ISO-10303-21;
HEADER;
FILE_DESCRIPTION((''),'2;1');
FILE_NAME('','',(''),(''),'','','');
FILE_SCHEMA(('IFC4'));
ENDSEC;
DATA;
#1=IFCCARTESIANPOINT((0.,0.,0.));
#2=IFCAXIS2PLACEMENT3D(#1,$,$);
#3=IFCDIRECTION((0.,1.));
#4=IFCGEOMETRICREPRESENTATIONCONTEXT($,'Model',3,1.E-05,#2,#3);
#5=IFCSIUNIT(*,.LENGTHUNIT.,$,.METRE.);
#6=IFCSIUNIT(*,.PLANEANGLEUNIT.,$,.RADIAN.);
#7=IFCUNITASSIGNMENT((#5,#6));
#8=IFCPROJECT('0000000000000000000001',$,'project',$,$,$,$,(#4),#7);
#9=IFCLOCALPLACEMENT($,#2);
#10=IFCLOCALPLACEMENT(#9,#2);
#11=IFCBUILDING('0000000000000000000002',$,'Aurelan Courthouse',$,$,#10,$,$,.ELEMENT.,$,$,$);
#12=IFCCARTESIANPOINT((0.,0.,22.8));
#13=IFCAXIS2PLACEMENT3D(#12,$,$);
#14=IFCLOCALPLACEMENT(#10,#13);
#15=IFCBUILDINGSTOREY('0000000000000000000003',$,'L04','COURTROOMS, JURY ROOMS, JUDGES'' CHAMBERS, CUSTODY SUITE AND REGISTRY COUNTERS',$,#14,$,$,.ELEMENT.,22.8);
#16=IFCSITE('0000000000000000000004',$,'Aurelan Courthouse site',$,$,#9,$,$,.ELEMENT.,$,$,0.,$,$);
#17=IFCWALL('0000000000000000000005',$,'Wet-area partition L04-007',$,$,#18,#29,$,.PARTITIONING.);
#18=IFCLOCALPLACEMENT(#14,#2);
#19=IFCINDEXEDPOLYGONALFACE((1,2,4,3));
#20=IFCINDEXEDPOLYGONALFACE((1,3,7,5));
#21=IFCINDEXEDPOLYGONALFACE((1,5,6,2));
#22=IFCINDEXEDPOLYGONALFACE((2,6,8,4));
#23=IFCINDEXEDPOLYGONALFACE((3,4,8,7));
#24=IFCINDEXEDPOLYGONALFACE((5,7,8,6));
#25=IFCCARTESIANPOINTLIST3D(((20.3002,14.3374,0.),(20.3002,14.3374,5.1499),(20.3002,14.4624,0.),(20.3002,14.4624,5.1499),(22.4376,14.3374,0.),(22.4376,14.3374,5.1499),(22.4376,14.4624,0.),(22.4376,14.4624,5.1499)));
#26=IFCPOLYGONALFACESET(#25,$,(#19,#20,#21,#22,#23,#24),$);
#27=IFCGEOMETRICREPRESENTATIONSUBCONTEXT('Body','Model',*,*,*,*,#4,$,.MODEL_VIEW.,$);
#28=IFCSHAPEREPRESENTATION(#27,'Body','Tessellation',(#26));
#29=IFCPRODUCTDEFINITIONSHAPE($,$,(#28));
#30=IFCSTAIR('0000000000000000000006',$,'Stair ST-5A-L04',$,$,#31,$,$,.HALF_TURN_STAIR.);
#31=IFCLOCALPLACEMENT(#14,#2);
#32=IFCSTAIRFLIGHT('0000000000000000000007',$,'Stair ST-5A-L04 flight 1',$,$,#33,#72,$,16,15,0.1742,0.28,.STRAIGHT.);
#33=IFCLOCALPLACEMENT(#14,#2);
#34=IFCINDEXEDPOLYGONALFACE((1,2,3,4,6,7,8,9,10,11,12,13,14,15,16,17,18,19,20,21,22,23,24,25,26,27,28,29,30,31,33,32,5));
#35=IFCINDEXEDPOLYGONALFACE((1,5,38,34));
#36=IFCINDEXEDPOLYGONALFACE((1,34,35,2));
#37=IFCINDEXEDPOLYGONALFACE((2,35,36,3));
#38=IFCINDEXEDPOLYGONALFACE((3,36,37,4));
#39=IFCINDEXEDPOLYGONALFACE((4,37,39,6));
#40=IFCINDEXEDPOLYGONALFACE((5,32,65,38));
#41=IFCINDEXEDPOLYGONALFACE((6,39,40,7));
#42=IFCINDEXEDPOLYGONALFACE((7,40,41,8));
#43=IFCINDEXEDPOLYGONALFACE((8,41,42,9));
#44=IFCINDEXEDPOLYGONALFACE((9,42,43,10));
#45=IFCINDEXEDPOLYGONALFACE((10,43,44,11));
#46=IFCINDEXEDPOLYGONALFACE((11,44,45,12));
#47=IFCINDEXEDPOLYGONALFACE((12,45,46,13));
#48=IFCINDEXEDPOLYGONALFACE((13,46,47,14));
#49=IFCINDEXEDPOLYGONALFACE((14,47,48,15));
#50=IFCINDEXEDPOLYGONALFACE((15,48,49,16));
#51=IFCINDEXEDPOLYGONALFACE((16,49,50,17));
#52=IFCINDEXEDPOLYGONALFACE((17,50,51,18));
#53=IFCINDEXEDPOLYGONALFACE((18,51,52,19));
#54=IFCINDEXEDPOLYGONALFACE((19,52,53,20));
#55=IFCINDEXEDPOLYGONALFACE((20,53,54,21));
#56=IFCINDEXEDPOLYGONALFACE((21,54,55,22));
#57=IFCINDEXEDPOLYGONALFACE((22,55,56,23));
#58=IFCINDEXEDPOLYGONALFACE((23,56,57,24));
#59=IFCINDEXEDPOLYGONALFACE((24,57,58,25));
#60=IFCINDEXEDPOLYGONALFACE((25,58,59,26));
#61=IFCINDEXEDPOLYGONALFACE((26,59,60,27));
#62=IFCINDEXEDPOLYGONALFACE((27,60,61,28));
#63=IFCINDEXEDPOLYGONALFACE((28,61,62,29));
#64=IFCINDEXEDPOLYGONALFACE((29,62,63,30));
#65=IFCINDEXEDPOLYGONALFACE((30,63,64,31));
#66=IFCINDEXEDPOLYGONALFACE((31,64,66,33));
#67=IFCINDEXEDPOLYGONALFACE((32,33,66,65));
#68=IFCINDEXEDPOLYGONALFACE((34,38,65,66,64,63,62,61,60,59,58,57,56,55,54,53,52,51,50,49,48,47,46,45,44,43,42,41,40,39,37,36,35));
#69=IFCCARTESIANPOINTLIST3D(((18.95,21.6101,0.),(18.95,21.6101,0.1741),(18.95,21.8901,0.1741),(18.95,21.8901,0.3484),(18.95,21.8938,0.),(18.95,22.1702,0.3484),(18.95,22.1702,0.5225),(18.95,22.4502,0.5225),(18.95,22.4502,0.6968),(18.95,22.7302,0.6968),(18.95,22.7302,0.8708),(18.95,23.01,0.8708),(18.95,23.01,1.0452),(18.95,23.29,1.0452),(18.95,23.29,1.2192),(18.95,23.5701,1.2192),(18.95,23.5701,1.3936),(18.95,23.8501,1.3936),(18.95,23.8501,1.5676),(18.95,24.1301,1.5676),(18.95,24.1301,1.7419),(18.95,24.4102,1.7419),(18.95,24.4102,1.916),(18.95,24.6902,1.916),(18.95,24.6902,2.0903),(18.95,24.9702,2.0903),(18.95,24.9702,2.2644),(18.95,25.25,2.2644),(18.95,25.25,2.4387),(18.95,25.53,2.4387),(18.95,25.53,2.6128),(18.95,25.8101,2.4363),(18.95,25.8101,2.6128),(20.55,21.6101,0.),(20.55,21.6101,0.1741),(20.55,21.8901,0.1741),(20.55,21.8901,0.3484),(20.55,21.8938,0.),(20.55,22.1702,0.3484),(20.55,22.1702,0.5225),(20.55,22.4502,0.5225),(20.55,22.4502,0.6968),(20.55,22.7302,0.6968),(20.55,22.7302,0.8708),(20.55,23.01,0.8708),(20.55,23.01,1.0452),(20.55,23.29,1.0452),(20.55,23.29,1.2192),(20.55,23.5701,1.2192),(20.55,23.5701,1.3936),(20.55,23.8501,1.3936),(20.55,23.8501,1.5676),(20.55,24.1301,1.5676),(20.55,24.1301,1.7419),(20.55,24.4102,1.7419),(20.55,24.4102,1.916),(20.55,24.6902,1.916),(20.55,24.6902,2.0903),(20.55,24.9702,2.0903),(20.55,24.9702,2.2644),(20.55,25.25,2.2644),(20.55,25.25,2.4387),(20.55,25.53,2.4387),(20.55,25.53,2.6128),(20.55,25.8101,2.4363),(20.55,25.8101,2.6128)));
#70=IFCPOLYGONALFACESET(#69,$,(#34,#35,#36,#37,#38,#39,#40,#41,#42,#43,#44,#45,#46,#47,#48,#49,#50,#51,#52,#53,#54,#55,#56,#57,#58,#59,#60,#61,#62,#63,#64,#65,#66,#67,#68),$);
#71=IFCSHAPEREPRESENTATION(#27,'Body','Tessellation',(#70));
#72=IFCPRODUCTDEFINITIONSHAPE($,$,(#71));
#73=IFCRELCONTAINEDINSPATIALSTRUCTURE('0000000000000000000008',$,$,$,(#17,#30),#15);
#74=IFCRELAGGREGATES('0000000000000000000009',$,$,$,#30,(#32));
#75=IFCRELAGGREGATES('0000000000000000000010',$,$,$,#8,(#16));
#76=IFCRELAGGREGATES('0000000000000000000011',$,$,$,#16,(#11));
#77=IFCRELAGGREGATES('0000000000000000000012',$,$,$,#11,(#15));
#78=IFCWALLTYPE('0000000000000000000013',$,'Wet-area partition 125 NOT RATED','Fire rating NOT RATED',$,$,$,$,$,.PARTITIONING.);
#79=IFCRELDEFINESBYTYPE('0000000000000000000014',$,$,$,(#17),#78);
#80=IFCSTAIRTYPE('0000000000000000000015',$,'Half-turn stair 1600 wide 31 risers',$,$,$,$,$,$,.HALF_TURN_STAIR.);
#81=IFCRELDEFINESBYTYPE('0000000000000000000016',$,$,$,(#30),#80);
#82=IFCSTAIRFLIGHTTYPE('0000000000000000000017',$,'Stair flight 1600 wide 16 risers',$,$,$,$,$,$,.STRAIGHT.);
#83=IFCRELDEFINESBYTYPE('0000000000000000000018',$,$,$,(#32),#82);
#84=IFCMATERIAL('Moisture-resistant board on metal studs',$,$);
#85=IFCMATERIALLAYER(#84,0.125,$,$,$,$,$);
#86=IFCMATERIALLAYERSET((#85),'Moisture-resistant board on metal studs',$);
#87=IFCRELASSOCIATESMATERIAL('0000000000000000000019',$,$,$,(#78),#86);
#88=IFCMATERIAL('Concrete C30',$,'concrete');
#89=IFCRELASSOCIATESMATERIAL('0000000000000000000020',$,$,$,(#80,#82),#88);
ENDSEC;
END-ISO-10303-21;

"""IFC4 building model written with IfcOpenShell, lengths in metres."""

from ifc_helpers import new_model, si_unit, direction, frame, frame_2d, origin, place, context, subcontext, project, spatial, polyline, rectangle, outline, extrude, material, layer, layer_set, type_object, element, aggregate, save


model = new_model("IFC4")

# Units and contexts
model_context = context("Model", 3, precision=1e-05, world=origin(), true_north=direction((0.0, 1.0)))
body_context = subcontext(model_context, "Body", "Model", "MODEL_VIEW")
ifc_project = project(units=[si_unit("LENGTHUNIT", "METRE"), si_unit("PLANEANGLEUNIT", "RADIAN")], contexts=[model_context])

# Site, building, storey
site_placement = place(None, origin())
site = spatial("IfcSite", under=ifc_project, at=site_placement, Name="Aurelan Courthouse site", CompositionType="ELEMENT", RefElevation=0.0)
building_placement = place(site_placement, origin())
building = spatial("IfcBuilding", under=site, at=building_placement, Name="Aurelan Courthouse", CompositionType="ELEMENT")
storey_placement = place(building_placement, frame((0.0, 0.0, 22.8)))
storey = spatial("IfcBuildingStorey", under=building, at=storey_placement, Name="L04", Description="COURTROOMS, JURY ROOMS, JUDGES' CHAMBERS, CUSTODY SUITE AND REGISTRY COUNTERS", CompositionType="ELEMENT", Elevation=22.8)

# Shared definitions
ifc_material_1 = material(Name="Concrete C30", Category="concrete")

# Wall
ifc_material_2 = material(Name="Moisture-resistant board on metal studs")
ifc_layer_1 = layer(ifc_material_2, 0.125)
ifc_layer_set_1 = layer_set([ifc_layer_1], Name="Moisture-resistant board on metal studs")
wall_type_1 = type_object("IfcWallType", Name="Wet-area partition 125 NOT RATED", Description="Fire rating NOT RATED", PredefinedType="PARTITIONING", material=ifc_layer_set_1)
wall_1_placement = place(storey_placement, frame((20.3, 14.3999, 0.0), z_axis=(0.0, 0.0, 1.0), x_axis=(1.0, 0.0, 0.0)))
element("IfcWall", 1, at=wall_1_placement, inside=storey, type_object=wall_type_1, Name="Wet-area partition L04-007", PredefinedType="PARTITIONING", context=body_context, shape_type="SweptSolid", body=[
    extrude(rectangle(XDim=2.1375, YDim=0.125, at=frame_2d((1.0688, 0.0))), origin(), (0.0, 0.0, 1.0), 5.1499),
])

# Stair, stair flight
stair_type = type_object("IfcStairType", Name="Half-turn stair 1600 wide 31 risers", PredefinedType="HALF_TURN_STAIR", material=ifc_material_1)
stair_placement = place(storey_placement, origin())
stair = element("IfcStair", 2, at=stair_placement, inside=storey, type_object=stair_type, Name="Stair ST-5A-L04", PredefinedType="HALF_TURN_STAIR")
stair_flight_type = type_object("IfcStairFlightType", Name="Stair flight 1600 wide 16 risers", PredefinedType="STRAIGHT", material=ifc_material_1)
stair_flight_placement = place(storey_placement, frame((19.75, 21.6101, 0.0), z_axis=(0.0, 0.0, 1.0), x_axis=(0.0, 1.0, 0.0)))
stair_flight = element("IfcStairFlight", 3, at=stair_flight_placement, type_object=stair_flight_type, Name="Stair ST-5A-L04 flight 1", NumberOfRisers=16, NumberOfTreads=15, PredefinedType="STRAIGHT", RiserHeight=0.1742, TreadLength=0.28, context=body_context, shape_type="SweptSolid", body=[
    extrude(outline(polyline([(0.0, 0.0), (0.0, 0.1741), (0.28, 0.1741), (0.28, 0.3484), (0.5601, 0.3484), (0.5601, 0.5225), (0.8401, 0.5225), (0.8401, 0.6968), (1.1201, 0.6968), (1.1201, 0.8708), (1.3999, 0.8708), (1.3999, 1.0452), (1.6799, 1.0452), (1.6799, 1.2192), (1.96, 1.2192), (1.96, 1.3936), (2.24, 1.3936), (2.24, 1.5676), (2.52, 1.5676), (2.52, 1.7419), (2.8, 1.7419), (2.8, 1.916), (3.0801, 1.916), (3.0801, 2.0903), (3.3601, 2.0903), (3.3601, 2.2644), (3.6399, 2.2644), (3.6399, 2.4387), (3.9199, 2.4387), (3.9199, 2.6128), (4.2, 2.6128), (4.2, 2.7871), (4.2, 2.4363), (0.2837, 0.0), (0.0, 0.0)])), frame((0.0, 0.8, 0.0), z_axis=(0.0, -1.0, 0.0), x_axis=(1.0, 0.0, 0.0)), (0.0, 0.0, 1.0), 1.6001),
])
aggregate(stair, [stair_flight])

save(model, "model.ifc")
